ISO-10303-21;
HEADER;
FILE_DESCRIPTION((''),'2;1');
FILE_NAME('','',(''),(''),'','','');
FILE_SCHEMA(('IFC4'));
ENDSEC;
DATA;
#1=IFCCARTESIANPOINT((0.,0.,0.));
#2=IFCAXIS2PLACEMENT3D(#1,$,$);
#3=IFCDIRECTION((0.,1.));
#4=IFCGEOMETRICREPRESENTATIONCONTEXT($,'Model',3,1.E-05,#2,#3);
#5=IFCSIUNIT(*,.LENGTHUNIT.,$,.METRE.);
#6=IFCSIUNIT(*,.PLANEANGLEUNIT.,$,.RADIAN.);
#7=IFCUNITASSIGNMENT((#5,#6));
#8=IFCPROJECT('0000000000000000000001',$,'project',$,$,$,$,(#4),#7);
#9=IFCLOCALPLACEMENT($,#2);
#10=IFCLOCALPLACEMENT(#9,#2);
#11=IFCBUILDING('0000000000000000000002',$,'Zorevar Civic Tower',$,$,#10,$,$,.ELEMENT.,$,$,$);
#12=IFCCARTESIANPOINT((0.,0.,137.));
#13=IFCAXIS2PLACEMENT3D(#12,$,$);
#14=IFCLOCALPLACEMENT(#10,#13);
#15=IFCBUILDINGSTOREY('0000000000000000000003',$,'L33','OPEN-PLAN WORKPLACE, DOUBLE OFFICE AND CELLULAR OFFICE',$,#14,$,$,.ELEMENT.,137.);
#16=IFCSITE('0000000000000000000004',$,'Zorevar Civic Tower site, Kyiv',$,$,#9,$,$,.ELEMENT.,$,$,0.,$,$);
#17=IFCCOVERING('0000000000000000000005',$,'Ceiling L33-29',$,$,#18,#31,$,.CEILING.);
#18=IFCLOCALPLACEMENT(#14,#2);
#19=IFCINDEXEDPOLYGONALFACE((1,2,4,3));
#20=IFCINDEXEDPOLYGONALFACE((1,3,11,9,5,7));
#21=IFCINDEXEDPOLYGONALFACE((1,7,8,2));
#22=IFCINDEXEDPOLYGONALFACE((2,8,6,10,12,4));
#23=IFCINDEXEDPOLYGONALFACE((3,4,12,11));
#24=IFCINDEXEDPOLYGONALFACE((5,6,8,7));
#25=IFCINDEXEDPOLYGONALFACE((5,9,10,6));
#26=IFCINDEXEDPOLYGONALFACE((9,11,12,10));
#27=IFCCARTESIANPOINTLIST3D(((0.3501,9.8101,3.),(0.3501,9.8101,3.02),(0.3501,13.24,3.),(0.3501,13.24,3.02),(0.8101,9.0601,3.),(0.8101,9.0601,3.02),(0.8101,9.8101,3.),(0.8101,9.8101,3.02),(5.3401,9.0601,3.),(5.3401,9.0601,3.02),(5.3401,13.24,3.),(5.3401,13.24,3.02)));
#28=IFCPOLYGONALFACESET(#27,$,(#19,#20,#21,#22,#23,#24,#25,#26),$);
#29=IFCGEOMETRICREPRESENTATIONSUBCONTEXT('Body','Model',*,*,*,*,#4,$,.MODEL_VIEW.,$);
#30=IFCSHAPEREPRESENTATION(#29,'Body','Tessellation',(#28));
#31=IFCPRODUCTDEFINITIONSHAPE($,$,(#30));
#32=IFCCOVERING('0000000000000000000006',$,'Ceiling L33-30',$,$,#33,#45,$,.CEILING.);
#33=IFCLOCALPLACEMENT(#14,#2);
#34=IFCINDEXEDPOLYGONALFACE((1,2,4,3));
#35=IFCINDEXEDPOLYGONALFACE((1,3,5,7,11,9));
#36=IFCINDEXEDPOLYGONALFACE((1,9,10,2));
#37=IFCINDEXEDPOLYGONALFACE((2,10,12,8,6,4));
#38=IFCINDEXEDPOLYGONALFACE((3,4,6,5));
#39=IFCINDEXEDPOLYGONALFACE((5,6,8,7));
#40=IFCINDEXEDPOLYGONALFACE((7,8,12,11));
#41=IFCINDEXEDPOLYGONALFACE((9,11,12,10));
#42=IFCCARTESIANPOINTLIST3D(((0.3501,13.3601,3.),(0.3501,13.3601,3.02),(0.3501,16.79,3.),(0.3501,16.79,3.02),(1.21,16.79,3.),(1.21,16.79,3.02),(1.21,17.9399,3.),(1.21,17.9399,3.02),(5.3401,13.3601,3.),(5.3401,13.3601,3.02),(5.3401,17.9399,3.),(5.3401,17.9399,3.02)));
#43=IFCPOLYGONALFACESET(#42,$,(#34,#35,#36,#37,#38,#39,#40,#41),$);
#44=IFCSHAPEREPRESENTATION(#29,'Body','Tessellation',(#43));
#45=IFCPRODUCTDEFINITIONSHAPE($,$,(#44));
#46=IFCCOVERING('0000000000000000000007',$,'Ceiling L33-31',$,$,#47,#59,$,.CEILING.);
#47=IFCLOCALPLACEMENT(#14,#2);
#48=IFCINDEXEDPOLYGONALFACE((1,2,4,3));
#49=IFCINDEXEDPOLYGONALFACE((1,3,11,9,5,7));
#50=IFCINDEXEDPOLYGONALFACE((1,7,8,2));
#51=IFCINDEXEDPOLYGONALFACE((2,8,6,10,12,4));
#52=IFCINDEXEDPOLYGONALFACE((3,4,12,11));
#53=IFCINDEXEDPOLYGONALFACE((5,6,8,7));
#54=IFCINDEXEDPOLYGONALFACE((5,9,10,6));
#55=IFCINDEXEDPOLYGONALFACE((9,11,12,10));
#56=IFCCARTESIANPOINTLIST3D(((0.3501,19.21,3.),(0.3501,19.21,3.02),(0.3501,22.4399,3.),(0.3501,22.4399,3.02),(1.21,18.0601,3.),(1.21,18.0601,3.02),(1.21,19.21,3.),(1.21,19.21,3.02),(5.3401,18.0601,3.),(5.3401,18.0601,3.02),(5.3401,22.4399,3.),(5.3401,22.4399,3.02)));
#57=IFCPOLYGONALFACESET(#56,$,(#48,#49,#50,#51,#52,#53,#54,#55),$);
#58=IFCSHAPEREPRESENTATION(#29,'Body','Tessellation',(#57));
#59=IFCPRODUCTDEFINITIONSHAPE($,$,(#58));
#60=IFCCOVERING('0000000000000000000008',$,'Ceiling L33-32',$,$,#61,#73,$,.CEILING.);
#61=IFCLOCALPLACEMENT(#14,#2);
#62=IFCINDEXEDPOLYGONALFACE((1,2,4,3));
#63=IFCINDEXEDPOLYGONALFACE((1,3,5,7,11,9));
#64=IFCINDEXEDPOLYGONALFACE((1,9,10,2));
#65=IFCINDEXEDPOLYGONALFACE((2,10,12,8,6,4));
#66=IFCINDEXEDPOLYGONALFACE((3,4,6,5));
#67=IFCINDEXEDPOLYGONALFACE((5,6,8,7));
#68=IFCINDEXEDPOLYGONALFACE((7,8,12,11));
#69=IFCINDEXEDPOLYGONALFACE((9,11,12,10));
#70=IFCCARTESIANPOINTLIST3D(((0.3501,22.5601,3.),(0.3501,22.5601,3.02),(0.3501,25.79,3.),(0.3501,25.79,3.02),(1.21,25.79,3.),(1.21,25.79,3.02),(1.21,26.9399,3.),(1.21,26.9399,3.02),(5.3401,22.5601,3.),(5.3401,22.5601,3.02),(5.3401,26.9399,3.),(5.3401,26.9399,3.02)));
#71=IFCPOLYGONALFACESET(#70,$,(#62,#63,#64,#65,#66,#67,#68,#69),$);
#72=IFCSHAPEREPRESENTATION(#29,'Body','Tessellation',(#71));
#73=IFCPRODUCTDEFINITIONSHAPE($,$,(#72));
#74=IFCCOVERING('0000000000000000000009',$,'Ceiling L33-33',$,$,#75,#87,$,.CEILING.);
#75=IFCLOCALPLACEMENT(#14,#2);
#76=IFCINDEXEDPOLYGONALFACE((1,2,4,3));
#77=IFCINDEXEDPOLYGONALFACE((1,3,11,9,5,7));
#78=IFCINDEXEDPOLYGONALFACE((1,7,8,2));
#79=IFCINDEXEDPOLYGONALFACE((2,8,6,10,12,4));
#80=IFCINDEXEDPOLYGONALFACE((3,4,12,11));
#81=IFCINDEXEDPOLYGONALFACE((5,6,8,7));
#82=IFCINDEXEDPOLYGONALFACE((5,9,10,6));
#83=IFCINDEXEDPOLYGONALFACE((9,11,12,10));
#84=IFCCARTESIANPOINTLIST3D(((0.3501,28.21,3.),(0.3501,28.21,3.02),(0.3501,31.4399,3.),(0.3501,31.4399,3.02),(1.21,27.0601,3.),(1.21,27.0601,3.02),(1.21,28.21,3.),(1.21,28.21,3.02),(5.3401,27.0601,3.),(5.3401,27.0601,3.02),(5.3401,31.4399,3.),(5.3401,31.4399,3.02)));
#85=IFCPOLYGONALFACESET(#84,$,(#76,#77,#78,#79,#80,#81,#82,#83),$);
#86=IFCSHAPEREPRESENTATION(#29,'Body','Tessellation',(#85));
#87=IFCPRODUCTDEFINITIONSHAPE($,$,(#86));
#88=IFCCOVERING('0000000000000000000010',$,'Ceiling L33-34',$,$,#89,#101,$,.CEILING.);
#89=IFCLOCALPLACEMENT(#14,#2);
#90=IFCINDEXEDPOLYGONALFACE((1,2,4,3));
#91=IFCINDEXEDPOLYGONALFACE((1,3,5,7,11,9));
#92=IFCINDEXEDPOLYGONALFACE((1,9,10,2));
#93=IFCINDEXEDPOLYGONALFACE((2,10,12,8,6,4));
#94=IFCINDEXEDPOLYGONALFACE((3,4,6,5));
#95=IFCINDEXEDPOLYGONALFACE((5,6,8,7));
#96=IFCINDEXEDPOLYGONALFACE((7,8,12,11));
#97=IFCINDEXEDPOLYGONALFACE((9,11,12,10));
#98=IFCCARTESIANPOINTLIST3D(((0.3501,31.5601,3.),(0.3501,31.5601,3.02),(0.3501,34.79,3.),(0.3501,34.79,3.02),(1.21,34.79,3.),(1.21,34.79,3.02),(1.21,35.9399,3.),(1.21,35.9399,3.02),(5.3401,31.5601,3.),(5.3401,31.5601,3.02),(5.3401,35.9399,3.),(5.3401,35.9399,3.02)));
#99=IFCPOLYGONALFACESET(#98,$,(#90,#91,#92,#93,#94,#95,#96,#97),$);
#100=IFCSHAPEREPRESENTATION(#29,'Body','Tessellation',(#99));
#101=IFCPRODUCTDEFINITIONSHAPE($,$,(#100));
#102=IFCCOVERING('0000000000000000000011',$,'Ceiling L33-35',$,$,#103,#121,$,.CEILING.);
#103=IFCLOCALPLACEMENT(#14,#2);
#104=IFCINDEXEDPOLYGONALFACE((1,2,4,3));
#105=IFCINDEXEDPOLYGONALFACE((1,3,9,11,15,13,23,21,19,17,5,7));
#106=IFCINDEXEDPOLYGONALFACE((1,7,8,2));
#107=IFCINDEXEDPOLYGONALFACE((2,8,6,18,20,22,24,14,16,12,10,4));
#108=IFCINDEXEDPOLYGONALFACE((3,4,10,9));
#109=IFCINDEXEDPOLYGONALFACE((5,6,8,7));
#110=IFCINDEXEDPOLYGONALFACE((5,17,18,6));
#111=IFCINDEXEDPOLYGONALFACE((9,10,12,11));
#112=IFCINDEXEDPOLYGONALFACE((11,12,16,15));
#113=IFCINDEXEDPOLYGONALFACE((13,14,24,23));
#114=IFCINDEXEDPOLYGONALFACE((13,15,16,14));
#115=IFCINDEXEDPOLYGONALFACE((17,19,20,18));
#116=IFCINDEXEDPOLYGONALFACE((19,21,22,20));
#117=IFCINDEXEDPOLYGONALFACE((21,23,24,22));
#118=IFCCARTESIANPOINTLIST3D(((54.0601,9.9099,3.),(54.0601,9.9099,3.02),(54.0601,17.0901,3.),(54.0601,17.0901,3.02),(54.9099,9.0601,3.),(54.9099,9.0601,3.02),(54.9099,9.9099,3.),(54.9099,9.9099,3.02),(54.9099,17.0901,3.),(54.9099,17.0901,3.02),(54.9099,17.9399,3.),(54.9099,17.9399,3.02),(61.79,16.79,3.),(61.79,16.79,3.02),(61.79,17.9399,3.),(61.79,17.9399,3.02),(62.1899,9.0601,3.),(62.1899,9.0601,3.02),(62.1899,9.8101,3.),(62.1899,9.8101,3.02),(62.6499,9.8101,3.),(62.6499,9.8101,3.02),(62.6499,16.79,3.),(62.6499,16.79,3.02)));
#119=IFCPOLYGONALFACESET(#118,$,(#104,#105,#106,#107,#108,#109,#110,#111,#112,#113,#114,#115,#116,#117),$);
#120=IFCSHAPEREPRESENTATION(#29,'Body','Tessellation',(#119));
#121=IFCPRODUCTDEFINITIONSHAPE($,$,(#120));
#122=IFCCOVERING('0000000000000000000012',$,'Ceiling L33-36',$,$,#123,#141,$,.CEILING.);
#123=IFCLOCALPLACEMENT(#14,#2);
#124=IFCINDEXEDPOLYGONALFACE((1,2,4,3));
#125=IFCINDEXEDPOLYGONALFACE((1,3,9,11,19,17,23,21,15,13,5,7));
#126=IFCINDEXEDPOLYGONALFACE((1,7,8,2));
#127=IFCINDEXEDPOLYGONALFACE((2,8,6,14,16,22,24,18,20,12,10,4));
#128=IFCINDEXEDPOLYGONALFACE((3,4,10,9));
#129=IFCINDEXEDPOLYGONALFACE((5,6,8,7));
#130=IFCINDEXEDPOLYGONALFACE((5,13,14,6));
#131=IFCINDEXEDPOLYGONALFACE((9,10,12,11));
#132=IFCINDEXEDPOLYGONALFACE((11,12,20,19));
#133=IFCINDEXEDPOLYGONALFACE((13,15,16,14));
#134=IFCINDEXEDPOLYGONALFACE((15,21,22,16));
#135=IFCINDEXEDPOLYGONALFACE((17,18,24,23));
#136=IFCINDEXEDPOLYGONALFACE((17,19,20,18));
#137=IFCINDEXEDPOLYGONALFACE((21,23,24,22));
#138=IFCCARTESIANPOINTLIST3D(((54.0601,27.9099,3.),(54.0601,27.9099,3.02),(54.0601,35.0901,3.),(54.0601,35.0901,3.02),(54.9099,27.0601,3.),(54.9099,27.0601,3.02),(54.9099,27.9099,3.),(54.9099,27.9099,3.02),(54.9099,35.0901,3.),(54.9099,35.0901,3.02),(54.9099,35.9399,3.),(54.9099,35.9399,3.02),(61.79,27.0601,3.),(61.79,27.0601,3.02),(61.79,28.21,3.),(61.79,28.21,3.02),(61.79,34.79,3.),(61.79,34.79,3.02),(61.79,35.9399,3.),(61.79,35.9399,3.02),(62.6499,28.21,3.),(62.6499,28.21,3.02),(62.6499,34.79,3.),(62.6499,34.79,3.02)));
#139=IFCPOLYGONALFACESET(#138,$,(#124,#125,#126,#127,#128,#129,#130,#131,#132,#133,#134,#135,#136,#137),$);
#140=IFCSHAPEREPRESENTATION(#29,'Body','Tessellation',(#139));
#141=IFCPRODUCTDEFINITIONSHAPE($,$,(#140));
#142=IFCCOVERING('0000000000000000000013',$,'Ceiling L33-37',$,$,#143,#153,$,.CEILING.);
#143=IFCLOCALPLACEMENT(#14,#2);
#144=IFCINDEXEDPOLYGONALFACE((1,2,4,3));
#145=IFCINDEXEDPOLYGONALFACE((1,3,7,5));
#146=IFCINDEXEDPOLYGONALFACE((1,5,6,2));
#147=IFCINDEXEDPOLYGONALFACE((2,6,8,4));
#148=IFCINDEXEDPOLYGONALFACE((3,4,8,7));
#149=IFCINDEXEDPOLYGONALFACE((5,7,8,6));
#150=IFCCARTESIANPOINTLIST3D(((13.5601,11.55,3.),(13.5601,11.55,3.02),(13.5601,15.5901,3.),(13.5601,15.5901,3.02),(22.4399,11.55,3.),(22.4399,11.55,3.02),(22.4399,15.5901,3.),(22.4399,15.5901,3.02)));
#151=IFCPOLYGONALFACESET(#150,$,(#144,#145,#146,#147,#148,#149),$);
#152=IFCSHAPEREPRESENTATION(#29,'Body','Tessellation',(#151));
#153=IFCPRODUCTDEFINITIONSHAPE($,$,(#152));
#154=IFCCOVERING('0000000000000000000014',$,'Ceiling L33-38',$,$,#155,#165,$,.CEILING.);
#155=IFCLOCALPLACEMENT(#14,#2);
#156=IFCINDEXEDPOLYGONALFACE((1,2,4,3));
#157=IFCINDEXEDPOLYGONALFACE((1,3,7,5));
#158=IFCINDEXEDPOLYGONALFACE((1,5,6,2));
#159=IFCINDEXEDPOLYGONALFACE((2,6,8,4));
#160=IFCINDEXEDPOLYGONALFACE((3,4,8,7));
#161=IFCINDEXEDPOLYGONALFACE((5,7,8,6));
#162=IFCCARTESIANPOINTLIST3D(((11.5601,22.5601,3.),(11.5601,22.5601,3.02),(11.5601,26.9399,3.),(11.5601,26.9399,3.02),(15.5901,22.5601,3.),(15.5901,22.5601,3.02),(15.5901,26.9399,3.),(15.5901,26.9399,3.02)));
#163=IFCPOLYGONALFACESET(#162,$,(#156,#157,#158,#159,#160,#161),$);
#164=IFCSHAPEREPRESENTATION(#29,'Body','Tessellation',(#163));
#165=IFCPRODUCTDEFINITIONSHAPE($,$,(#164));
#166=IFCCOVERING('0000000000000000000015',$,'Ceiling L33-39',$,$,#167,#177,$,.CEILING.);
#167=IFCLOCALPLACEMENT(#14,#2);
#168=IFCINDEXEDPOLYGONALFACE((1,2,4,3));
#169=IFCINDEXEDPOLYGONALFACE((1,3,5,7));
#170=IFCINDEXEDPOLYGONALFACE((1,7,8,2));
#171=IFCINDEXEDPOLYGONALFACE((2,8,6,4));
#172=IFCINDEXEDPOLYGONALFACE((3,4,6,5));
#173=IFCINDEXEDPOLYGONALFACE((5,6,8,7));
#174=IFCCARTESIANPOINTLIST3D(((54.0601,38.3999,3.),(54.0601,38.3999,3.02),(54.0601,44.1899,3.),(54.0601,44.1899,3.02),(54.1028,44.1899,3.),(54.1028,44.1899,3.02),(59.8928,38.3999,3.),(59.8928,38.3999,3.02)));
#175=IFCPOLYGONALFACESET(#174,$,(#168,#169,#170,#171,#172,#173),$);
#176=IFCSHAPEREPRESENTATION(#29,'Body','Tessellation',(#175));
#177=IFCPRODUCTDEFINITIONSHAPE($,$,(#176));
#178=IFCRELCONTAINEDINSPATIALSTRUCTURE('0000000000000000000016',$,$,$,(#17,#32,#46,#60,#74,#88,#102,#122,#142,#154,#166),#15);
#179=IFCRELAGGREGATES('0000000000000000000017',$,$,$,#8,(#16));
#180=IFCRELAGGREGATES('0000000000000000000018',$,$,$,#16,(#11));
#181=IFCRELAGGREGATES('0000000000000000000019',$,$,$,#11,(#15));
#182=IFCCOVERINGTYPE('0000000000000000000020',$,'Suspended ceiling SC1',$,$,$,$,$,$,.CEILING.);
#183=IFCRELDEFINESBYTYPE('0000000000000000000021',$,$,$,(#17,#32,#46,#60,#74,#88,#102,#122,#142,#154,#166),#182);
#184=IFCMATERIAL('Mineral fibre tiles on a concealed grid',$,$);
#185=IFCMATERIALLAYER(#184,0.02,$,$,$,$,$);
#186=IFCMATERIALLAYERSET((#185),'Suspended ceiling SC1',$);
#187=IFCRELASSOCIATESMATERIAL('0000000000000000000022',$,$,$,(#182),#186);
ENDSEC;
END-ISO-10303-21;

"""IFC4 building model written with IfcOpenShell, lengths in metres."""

from ifc_helpers import new_model, si_unit, direction, frame, origin, place, context, subcontext, project, spatial, polyline, outline, extrude, material, layer, layer_set, type_object, element, save


model = new_model("IFC4")

# Units and contexts
model_context = context("Model", 3, precision=1e-05, world=origin(), true_north=direction((0.0, 1.0)))
body_context = subcontext(model_context, "Body", "Model", "MODEL_VIEW")
ifc_project = project(units=[si_unit("LENGTHUNIT", "METRE"), si_unit("PLANEANGLEUNIT", "RADIAN")], contexts=[model_context])

# Site, building, storey
site_placement = place(None, origin())
site = spatial("IfcSite", under=ifc_project, at=site_placement, Name="Zorevar Civic Tower site, Kyiv", CompositionType="ELEMENT", RefElevation=0.0)
building_placement = place(site_placement, origin())
building = spatial("IfcBuilding", under=site, at=building_placement, Name="Zorevar Civic Tower", CompositionType="ELEMENT")
storey_placement = place(building_placement, frame((0.0, 0.0, 137.0)))
storey = spatial("IfcBuildingStorey", under=building, at=storey_placement, Name="L33", Description="OPEN-PLAN WORKPLACE, DOUBLE OFFICE AND CELLULAR OFFICE", CompositionType="ELEMENT", Elevation=137.0)

# Coverings
ifc_material_1 = material(Name="Mineral fibre tiles on a concealed grid")
ifc_layer_1 = layer(ifc_material_1, 0.02)
ifc_layer_set_1 = layer_set([ifc_layer_1], Name="Suspended ceiling SC1")
covering_type_1 = type_object("IfcCoveringType", Name="Suspended ceiling SC1", PredefinedType="CEILING", material=ifc_layer_set_1)
covering_1_placement = place(storey_placement, frame((0.0, 0.0, 3.0)))
element("IfcCovering", 1, at=covering_1_placement, inside=storey, type_object=covering_type_1, Name="Ceiling L33-29", PredefinedType="CEILING", context=body_context, shape_type="SweptSolid", body=[
    extrude(outline(polyline([(5.3401, 9.0601), (0.8101, 9.0601), (0.8101, 9.8101), (0.3501, 9.8101), (0.3501, 13.24), (5.3401, 13.24), (5.3401, 9.0601)])), origin(), (0.0, 0.0, 1.0), 0.02),
])
covering_2_placement = place(storey_placement, frame((0.0, 0.0, 3.0)))
element("IfcCovering", 2, at=covering_2_placement, inside=storey, type_object=covering_type_1, Name="Ceiling L33-30", PredefinedType="CEILING", context=body_context, shape_type="SweptSolid", body=[
    extrude(outline(polyline([(5.3401, 13.3601), (0.3501, 13.3601), (0.3501, 16.79), (1.21, 16.79), (1.21, 17.9399), (5.3401, 17.9399), (5.3401, 13.3601)])), origin(), (0.0, 0.0, 1.0), 0.02),
])
covering_3_placement = place(storey_placement, frame((0.0, 0.0, 3.0)))
element("IfcCovering", 3, at=covering_3_placement, inside=storey, type_object=covering_type_1, Name="Ceiling L33-31", PredefinedType="CEILING", context=body_context, shape_type="SweptSolid", body=[
    extrude(outline(polyline([(5.3401, 18.0601), (1.21, 18.0601), (1.21, 19.21), (0.3501, 19.21), (0.3501, 22.4399), (5.3401, 22.4399), (5.3401, 18.0601)])), origin(), (0.0, 0.0, 1.0), 0.02),
])
covering_4_placement = place(storey_placement, frame((0.0, 0.0, 3.0)))
element("IfcCovering", 4, at=covering_4_placement, inside=storey, type_object=covering_type_1, Name="Ceiling L33-32", PredefinedType="CEILING", context=body_context, shape_type="SweptSolid", body=[
    extrude(outline(polyline([(5.3401, 22.5601), (0.3501, 22.5601), (0.3501, 25.79), (1.21, 25.79), (1.21, 26.9399), (5.3401, 26.9399), (5.3401, 22.5601)])), origin(), (0.0, 0.0, 1.0), 0.02),
])
covering_5_placement = place(storey_placement, frame((0.0, 0.0, 3.0)))
element("IfcCovering", 5, at=covering_5_placement, inside=storey, type_object=covering_type_1, Name="Ceiling L33-33", PredefinedType="CEILING", context=body_context, shape_type="SweptSolid", body=[
    extrude(outline(polyline([(5.3401, 27.0601), (1.21, 27.0601), (1.21, 28.21), (0.3501, 28.21), (0.3501, 31.4399), (5.3401, 31.4399), (5.3401, 27.0601)])), origin(), (0.0, 0.0, 1.0), 0.02),
])
covering_6_placement = place(storey_placement, frame((0.0, 0.0, 3.0)))
element("IfcCovering", 6, at=covering_6_placement, inside=storey, type_object=covering_type_1, Name="Ceiling L33-34", PredefinedType="CEILING", context=body_context, shape_type="SweptSolid", body=[
    extrude(outline(polyline([(5.3401, 31.5601), (0.3501, 31.5601), (0.3501, 34.79), (1.21, 34.79), (1.21, 35.9399), (5.3401, 35.9399), (5.3401, 31.5601)])), origin(), (0.0, 0.0, 1.0), 0.02),
])
covering_7_placement = place(storey_placement, frame((0.0, 0.0, 3.0)))
element("IfcCovering", 7, at=covering_7_placement, inside=storey, type_object=covering_type_1, Name="Ceiling L33-35", PredefinedType="CEILING", context=body_context, shape_type="SweptSolid", body=[
    extrude(outline(polyline([(62.6499, 9.8101), (62.1899, 9.8101), (62.1899, 9.0601), (54.9099, 9.0601), (54.9099, 9.9099), (54.0601, 9.9099), (54.0601, 17.0901), (54.9099, 17.0901), (54.9099, 17.9399), (61.79, 17.9399), (61.79, 16.79), (62.6499, 16.79), (62.6499, 9.8101)])), origin(), (0.0, 0.0, 1.0), 0.02),
])
covering_8_placement = place(storey_placement, frame((0.0, 0.0, 3.0)))
element("IfcCovering", 8, at=covering_8_placement, inside=storey, type_object=covering_type_1, Name="Ceiling L33-36", PredefinedType="CEILING", context=body_context, shape_type="SweptSolid", body=[
    extrude(outline(polyline([(62.6499, 28.21), (61.79, 28.21), (61.79, 27.0601), (54.9099, 27.0601), (54.9099, 27.9099), (54.0601, 27.9099), (54.0601, 35.0901), (54.9099, 35.0901), (54.9099, 35.9399), (61.79, 35.9399), (61.79, 34.79), (62.6499, 34.79), (62.6499, 28.21)])), origin(), (0.0, 0.0, 1.0), 0.02),
])
covering_9_placement = place(storey_placement, frame((0.0, 0.0, 3.0)))
element("IfcCovering", 9, at=covering_9_placement, inside=storey, type_object=covering_type_1, Name="Ceiling L33-37", PredefinedType="CEILING", context=body_context, shape_type="SweptSolid", body=[
    extrude(outline(polyline([(13.5601, 15.5901), (22.4399, 15.5901), (22.4399, 11.55), (13.5601, 11.55), (13.5601, 15.5901)])), origin(), (0.0, 0.0, 1.0), 0.02),
])
covering_10_placement = place(storey_placement, frame((0.0, 0.0, 3.0)))
element("IfcCovering", 10, at=covering_10_placement, inside=storey, type_object=covering_type_1, Name="Ceiling L33-38", PredefinedType="CEILING", context=body_context, shape_type="SweptSolid", body=[
    extrude(outline(polyline([(11.5601, 26.9399), (15.5901, 26.9399), (15.5901, 22.5601), (11.5601, 22.5601), (11.5601, 26.9399)])), origin(), (0.0, 0.0, 1.0), 0.02),
])
covering_11_placement = place(storey_placement, frame((0.0, 0.0, 3.0)))
element("IfcCovering", 11, at=covering_11_placement, inside=storey, type_object=covering_type_1, Name="Ceiling L33-39", PredefinedType="CEILING", context=body_context, shape_type="SweptSolid", body=[
    extrude(outline(polyline([(54.0601, 38.3999), (54.0601, 44.1899), (54.1028, 44.1899), (59.8928, 38.3999), (54.0601, 38.3999)])), origin(), (0.0, 0.0, 1.0), 0.02),
])

save(model, "model.ifc")
